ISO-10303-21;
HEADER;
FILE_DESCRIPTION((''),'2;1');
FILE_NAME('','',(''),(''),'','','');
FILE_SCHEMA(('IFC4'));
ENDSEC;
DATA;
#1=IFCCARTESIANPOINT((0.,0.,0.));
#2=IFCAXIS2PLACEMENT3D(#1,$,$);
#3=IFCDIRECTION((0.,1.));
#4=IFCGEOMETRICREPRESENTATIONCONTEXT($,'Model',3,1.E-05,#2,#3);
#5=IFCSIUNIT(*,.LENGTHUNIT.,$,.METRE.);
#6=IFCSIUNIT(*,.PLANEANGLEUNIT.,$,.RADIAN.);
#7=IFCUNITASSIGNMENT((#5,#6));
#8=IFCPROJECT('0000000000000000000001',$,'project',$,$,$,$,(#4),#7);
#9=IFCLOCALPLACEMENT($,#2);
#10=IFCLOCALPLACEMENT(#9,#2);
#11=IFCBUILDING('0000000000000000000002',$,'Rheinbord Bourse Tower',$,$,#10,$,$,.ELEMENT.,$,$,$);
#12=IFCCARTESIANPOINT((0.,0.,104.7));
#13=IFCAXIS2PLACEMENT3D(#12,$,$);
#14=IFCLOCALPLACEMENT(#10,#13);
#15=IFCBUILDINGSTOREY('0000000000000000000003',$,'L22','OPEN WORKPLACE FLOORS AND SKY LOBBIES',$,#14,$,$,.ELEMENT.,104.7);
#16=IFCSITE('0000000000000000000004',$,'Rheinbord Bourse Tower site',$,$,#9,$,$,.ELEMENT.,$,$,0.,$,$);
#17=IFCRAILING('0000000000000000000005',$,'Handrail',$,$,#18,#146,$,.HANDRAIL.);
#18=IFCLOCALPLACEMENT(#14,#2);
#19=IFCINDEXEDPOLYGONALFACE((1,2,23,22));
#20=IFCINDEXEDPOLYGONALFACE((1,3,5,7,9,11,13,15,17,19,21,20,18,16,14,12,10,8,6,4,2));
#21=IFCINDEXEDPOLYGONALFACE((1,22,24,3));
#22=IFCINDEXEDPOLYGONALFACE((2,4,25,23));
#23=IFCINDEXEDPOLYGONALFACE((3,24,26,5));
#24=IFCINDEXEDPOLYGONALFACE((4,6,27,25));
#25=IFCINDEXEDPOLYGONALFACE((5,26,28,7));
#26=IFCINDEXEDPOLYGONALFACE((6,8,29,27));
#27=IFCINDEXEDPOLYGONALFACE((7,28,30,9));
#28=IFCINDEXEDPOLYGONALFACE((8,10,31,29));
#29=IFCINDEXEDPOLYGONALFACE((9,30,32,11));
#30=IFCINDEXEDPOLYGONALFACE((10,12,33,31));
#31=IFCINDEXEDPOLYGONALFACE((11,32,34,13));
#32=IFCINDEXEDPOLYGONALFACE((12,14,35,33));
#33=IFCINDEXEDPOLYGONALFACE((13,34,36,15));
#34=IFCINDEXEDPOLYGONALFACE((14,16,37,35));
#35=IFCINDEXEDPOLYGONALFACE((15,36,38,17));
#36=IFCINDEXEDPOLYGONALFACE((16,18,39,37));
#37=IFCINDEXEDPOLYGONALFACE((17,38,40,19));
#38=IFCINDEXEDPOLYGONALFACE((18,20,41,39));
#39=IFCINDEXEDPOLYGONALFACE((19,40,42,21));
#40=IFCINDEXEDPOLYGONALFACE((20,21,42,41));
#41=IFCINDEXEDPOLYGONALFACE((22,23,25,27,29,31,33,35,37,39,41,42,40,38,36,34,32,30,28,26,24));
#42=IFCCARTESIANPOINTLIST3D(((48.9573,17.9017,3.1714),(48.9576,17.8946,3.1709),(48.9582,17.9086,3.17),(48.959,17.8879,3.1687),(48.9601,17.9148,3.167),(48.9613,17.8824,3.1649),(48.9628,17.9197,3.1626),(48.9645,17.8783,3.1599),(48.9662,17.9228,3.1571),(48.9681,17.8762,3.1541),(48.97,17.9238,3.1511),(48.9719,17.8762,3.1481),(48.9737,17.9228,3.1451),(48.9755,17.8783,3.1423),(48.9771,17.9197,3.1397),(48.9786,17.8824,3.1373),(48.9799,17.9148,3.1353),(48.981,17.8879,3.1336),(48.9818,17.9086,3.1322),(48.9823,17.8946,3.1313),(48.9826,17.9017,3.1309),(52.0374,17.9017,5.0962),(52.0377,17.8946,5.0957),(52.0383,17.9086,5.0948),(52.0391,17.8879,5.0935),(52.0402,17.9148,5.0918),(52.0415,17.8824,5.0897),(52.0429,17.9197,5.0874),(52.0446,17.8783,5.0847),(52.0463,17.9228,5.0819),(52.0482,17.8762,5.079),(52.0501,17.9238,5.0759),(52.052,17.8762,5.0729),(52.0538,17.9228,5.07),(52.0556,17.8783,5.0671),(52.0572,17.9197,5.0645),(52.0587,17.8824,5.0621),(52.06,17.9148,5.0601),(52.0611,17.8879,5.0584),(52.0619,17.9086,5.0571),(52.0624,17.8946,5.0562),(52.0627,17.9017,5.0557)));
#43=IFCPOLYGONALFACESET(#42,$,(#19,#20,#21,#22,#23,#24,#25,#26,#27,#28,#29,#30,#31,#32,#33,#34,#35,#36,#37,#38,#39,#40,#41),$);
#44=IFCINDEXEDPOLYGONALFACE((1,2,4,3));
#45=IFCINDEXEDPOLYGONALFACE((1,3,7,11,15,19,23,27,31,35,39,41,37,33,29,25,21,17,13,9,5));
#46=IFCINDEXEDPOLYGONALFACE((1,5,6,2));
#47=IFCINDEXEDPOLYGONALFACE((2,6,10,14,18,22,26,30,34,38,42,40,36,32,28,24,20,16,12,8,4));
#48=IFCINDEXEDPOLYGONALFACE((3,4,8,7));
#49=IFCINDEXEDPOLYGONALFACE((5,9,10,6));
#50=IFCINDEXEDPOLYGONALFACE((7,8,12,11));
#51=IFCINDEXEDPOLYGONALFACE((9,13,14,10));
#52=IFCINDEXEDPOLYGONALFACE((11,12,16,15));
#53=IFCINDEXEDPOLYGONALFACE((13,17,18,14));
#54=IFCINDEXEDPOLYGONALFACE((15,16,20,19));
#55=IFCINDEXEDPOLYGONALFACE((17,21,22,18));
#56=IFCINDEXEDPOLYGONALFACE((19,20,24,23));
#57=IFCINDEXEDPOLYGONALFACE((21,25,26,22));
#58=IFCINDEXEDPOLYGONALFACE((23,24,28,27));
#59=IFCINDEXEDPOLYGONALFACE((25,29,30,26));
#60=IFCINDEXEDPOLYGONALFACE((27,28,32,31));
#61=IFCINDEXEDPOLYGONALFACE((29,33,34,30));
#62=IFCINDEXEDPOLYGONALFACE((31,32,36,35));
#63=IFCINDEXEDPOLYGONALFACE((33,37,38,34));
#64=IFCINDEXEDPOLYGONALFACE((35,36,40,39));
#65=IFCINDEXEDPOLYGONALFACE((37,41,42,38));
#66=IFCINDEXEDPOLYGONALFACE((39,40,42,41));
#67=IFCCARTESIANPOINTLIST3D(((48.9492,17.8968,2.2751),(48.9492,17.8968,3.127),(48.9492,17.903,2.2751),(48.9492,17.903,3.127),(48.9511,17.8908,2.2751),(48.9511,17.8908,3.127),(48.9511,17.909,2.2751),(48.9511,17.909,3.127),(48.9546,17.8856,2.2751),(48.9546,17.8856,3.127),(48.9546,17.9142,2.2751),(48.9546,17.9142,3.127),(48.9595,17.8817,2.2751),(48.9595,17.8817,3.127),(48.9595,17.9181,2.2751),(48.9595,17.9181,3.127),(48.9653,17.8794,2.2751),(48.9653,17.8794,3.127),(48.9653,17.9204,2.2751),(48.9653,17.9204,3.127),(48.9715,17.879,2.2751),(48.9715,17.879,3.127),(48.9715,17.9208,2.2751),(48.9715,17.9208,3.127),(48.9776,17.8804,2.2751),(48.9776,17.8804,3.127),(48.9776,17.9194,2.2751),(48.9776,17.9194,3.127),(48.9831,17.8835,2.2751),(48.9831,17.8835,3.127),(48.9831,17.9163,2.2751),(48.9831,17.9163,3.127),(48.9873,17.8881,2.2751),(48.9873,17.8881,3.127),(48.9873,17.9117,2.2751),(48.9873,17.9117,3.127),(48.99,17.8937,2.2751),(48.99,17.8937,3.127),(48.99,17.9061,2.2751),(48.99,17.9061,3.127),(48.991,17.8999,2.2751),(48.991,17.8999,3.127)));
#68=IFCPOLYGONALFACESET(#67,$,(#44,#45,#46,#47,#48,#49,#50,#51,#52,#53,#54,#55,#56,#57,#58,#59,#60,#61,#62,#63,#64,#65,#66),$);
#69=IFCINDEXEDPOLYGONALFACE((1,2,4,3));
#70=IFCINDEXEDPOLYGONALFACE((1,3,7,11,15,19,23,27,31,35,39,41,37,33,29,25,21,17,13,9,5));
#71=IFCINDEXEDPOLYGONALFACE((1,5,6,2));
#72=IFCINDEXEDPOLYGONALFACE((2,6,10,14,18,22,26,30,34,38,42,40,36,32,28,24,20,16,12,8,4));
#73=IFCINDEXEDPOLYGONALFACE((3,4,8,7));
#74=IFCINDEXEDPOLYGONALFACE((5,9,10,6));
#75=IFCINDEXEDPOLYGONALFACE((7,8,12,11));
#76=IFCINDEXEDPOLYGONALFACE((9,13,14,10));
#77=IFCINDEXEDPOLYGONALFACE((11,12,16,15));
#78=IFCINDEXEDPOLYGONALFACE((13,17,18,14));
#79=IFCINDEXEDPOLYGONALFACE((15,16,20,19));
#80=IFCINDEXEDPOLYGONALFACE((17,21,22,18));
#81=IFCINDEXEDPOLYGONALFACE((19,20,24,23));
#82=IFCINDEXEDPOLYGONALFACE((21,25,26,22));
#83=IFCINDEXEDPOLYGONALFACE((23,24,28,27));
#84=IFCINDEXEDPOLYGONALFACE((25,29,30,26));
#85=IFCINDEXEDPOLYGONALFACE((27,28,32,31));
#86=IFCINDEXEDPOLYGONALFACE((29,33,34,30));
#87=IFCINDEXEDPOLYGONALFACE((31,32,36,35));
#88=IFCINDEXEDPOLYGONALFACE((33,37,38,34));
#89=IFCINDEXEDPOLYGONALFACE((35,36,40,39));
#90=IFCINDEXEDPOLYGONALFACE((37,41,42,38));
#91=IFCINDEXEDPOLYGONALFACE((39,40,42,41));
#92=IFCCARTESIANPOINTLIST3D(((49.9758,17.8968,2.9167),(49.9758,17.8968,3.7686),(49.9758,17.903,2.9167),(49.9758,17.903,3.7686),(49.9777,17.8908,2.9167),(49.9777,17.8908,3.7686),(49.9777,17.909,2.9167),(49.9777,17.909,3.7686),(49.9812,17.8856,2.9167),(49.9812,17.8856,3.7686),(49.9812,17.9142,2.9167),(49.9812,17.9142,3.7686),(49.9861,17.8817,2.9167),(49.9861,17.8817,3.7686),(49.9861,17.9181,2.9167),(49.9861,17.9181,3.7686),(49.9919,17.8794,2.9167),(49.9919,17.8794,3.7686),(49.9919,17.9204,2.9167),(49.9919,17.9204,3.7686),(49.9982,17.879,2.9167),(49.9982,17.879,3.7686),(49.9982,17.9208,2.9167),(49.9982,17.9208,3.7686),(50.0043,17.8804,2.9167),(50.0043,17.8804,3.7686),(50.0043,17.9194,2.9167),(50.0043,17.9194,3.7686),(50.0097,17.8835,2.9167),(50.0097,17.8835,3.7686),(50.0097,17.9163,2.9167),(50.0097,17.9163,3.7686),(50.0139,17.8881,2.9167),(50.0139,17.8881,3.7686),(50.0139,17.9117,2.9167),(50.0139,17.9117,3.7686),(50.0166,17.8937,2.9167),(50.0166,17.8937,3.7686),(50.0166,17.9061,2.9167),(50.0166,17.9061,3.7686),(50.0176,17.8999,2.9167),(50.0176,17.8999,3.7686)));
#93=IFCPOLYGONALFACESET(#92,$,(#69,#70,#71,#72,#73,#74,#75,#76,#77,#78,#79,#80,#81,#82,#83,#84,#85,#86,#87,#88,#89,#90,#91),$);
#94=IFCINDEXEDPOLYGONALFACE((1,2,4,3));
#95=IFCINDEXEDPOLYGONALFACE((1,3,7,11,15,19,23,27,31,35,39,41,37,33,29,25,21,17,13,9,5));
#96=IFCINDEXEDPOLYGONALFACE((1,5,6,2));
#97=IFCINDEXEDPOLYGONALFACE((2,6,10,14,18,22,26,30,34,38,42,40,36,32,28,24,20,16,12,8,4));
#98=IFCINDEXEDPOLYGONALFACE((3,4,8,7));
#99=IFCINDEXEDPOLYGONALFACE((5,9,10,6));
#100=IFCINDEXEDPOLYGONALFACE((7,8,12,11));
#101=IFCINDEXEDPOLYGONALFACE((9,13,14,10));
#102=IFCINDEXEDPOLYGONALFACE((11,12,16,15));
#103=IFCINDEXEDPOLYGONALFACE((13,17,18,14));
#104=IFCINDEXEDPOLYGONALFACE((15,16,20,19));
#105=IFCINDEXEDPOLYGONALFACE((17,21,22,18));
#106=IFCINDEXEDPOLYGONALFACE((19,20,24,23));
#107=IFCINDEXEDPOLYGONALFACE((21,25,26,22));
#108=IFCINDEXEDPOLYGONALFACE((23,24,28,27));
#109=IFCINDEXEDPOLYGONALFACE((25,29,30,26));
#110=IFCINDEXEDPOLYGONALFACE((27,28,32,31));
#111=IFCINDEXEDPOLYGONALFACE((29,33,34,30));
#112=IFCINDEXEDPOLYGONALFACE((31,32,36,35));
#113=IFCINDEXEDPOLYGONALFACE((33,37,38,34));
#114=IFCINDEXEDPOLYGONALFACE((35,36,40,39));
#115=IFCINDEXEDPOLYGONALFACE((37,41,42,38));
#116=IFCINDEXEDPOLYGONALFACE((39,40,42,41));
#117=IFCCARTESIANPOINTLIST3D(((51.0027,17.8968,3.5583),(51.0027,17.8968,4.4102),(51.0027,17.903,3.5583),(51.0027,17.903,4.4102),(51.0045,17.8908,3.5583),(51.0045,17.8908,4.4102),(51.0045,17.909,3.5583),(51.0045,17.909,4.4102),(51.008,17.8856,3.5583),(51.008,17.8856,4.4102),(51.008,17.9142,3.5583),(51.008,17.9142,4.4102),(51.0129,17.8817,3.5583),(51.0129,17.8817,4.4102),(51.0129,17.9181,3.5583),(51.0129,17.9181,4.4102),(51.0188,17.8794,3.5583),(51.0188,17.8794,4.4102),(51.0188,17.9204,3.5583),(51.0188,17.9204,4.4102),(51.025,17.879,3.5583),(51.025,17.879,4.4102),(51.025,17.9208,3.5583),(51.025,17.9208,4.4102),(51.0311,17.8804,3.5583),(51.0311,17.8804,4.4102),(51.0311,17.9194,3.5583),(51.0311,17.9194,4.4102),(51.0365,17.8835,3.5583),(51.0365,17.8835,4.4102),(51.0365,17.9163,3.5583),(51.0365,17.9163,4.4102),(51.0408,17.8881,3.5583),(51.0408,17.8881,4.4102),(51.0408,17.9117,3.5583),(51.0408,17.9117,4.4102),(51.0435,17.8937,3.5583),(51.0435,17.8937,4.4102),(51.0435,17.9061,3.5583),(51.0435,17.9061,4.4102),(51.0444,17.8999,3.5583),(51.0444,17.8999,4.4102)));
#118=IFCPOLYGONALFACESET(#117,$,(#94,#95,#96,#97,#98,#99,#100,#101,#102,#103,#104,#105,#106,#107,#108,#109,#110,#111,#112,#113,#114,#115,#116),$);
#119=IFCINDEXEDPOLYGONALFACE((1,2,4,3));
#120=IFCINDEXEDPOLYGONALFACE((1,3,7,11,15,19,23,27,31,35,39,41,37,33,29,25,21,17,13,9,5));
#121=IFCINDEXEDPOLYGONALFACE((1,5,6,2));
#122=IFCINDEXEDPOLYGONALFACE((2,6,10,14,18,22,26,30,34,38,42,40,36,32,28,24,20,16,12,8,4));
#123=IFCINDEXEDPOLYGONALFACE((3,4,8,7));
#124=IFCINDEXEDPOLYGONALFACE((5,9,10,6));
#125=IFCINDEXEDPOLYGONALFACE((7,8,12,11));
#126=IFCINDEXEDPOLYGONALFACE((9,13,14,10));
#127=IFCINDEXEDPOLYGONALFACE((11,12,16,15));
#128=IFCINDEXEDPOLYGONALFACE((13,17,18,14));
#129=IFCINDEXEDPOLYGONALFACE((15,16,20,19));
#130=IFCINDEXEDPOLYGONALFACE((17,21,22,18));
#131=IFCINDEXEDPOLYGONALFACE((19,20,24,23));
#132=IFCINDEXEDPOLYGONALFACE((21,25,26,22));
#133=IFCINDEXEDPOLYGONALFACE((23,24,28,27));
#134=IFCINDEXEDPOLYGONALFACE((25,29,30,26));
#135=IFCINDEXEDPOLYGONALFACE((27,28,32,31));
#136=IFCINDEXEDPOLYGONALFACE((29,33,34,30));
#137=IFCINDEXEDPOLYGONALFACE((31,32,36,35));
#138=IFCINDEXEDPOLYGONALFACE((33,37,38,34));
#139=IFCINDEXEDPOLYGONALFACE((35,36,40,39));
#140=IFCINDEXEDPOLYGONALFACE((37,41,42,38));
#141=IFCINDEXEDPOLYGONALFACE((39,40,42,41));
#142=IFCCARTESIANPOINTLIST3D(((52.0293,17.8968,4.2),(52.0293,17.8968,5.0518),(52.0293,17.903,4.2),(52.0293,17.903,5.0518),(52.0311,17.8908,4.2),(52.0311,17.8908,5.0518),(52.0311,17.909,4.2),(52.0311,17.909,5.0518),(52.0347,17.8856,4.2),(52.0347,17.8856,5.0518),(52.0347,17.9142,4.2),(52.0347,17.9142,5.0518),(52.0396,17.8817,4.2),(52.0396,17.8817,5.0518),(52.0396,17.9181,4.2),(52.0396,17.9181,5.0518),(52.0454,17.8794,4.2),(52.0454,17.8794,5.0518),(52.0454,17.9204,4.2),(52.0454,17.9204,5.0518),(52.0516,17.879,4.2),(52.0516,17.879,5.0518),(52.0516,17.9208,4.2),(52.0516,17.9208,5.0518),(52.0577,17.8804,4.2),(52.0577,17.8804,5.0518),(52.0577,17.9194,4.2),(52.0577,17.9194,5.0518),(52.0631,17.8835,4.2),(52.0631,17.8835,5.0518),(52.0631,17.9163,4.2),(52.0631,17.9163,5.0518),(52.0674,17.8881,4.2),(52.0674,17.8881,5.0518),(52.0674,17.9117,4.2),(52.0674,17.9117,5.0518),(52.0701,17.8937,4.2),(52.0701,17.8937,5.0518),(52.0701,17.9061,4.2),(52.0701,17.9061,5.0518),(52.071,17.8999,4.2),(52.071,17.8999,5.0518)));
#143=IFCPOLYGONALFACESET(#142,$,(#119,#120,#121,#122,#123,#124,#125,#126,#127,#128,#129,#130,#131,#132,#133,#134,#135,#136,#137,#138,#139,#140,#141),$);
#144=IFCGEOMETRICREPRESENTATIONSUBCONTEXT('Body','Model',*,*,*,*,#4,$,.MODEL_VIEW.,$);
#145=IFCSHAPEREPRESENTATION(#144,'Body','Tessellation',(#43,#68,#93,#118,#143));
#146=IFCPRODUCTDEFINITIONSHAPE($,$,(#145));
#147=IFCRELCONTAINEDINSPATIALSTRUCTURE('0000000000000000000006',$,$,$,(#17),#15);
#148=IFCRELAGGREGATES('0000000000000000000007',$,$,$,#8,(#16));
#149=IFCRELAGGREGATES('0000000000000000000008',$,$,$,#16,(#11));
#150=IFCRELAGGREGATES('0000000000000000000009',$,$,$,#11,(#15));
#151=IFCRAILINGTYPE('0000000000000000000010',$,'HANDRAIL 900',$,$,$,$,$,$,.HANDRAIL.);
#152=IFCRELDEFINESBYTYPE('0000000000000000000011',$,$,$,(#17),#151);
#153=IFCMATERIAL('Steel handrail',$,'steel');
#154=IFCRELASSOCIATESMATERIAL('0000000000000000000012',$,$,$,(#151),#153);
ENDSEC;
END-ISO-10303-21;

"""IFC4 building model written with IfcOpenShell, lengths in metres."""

from ifc_helpers import new_model, si_unit, direction, frame, origin, origin_2d, place, context, subcontext, project, spatial, circle, extrude, material, type_object, element, save


model = new_model("IFC4")

# Units and contexts
model_context = context("Model", 3, precision=1e-05, world=origin(), true_north=direction((0.0, 1.0)))
body_context = subcontext(model_context, "Body", "Model", "MODEL_VIEW")
ifc_project = project(units=[si_unit("LENGTHUNIT", "METRE"), si_unit("PLANEANGLEUNIT", "RADIAN")], contexts=[model_context])

# Site, building, storey
site_placement = place(None, origin())
site = spatial("IfcSite", under=ifc_project, at=site_placement, Name="Rheinbord Bourse Tower site", CompositionType="ELEMENT", RefElevation=0.0)
building_placement = place(site_placement, origin())
building = spatial("IfcBuilding", under=site, at=building_placement, Name="Rheinbord Bourse Tower", CompositionType="ELEMENT")
storey_placement = place(building_placement, frame((0.0, 0.0, 104.7)))
storey = spatial("IfcBuildingStorey", under=building, at=storey_placement, Name="L22", Description="OPEN WORKPLACE FLOORS AND SKY LOBBIES", CompositionType="ELEMENT", Elevation=104.7)

# Railing
ifc_material_1 = material(Name="Steel handrail", Category="steel")
railing_type = type_object("IfcRailingType", Name="HANDRAIL 900", PredefinedType="HANDRAIL", material=ifc_material_1)
railing_1_placement = place(storey_placement, frame((48.97, 17.8999, 2.2751)))
element("IfcRailing", 1, at=railing_1_placement, inside=storey, type_object=railing_type, Name="Handrail", PredefinedType="HANDRAIL", context=body_context, shape_type="SweptSolid", body=[
    extrude(circle(Radius=0.0239, at=origin_2d()), frame((0.0, 0.0, 0.876), z_axis=(0.848029, 0.0, 0.529951), x_axis=(0.0, 1.0, 0.0)), (0.0, 0.0, 1.0), 3.6321),
    extrude(circle(Radius=0.021, at=origin_2d()), origin(), (0.0, 0.0, 1.0), 0.8518),
    extrude(circle(Radius=0.021, at=origin_2d()), frame((1.0266, 0.0, 0.6416)), (0.0, 0.0, 1.0), 0.8518),
    extrude(circle(Radius=0.021, at=origin_2d()), frame((2.0535, 0.0, 1.2832)), (0.0, 0.0, 1.0), 0.8518),
    extrude(circle(Radius=0.021, at=origin_2d()), frame((3.0801, 0.0, 1.9248)), (0.0, 0.0, 1.0), 0.8518),
])

save(model, "model.ifc")
